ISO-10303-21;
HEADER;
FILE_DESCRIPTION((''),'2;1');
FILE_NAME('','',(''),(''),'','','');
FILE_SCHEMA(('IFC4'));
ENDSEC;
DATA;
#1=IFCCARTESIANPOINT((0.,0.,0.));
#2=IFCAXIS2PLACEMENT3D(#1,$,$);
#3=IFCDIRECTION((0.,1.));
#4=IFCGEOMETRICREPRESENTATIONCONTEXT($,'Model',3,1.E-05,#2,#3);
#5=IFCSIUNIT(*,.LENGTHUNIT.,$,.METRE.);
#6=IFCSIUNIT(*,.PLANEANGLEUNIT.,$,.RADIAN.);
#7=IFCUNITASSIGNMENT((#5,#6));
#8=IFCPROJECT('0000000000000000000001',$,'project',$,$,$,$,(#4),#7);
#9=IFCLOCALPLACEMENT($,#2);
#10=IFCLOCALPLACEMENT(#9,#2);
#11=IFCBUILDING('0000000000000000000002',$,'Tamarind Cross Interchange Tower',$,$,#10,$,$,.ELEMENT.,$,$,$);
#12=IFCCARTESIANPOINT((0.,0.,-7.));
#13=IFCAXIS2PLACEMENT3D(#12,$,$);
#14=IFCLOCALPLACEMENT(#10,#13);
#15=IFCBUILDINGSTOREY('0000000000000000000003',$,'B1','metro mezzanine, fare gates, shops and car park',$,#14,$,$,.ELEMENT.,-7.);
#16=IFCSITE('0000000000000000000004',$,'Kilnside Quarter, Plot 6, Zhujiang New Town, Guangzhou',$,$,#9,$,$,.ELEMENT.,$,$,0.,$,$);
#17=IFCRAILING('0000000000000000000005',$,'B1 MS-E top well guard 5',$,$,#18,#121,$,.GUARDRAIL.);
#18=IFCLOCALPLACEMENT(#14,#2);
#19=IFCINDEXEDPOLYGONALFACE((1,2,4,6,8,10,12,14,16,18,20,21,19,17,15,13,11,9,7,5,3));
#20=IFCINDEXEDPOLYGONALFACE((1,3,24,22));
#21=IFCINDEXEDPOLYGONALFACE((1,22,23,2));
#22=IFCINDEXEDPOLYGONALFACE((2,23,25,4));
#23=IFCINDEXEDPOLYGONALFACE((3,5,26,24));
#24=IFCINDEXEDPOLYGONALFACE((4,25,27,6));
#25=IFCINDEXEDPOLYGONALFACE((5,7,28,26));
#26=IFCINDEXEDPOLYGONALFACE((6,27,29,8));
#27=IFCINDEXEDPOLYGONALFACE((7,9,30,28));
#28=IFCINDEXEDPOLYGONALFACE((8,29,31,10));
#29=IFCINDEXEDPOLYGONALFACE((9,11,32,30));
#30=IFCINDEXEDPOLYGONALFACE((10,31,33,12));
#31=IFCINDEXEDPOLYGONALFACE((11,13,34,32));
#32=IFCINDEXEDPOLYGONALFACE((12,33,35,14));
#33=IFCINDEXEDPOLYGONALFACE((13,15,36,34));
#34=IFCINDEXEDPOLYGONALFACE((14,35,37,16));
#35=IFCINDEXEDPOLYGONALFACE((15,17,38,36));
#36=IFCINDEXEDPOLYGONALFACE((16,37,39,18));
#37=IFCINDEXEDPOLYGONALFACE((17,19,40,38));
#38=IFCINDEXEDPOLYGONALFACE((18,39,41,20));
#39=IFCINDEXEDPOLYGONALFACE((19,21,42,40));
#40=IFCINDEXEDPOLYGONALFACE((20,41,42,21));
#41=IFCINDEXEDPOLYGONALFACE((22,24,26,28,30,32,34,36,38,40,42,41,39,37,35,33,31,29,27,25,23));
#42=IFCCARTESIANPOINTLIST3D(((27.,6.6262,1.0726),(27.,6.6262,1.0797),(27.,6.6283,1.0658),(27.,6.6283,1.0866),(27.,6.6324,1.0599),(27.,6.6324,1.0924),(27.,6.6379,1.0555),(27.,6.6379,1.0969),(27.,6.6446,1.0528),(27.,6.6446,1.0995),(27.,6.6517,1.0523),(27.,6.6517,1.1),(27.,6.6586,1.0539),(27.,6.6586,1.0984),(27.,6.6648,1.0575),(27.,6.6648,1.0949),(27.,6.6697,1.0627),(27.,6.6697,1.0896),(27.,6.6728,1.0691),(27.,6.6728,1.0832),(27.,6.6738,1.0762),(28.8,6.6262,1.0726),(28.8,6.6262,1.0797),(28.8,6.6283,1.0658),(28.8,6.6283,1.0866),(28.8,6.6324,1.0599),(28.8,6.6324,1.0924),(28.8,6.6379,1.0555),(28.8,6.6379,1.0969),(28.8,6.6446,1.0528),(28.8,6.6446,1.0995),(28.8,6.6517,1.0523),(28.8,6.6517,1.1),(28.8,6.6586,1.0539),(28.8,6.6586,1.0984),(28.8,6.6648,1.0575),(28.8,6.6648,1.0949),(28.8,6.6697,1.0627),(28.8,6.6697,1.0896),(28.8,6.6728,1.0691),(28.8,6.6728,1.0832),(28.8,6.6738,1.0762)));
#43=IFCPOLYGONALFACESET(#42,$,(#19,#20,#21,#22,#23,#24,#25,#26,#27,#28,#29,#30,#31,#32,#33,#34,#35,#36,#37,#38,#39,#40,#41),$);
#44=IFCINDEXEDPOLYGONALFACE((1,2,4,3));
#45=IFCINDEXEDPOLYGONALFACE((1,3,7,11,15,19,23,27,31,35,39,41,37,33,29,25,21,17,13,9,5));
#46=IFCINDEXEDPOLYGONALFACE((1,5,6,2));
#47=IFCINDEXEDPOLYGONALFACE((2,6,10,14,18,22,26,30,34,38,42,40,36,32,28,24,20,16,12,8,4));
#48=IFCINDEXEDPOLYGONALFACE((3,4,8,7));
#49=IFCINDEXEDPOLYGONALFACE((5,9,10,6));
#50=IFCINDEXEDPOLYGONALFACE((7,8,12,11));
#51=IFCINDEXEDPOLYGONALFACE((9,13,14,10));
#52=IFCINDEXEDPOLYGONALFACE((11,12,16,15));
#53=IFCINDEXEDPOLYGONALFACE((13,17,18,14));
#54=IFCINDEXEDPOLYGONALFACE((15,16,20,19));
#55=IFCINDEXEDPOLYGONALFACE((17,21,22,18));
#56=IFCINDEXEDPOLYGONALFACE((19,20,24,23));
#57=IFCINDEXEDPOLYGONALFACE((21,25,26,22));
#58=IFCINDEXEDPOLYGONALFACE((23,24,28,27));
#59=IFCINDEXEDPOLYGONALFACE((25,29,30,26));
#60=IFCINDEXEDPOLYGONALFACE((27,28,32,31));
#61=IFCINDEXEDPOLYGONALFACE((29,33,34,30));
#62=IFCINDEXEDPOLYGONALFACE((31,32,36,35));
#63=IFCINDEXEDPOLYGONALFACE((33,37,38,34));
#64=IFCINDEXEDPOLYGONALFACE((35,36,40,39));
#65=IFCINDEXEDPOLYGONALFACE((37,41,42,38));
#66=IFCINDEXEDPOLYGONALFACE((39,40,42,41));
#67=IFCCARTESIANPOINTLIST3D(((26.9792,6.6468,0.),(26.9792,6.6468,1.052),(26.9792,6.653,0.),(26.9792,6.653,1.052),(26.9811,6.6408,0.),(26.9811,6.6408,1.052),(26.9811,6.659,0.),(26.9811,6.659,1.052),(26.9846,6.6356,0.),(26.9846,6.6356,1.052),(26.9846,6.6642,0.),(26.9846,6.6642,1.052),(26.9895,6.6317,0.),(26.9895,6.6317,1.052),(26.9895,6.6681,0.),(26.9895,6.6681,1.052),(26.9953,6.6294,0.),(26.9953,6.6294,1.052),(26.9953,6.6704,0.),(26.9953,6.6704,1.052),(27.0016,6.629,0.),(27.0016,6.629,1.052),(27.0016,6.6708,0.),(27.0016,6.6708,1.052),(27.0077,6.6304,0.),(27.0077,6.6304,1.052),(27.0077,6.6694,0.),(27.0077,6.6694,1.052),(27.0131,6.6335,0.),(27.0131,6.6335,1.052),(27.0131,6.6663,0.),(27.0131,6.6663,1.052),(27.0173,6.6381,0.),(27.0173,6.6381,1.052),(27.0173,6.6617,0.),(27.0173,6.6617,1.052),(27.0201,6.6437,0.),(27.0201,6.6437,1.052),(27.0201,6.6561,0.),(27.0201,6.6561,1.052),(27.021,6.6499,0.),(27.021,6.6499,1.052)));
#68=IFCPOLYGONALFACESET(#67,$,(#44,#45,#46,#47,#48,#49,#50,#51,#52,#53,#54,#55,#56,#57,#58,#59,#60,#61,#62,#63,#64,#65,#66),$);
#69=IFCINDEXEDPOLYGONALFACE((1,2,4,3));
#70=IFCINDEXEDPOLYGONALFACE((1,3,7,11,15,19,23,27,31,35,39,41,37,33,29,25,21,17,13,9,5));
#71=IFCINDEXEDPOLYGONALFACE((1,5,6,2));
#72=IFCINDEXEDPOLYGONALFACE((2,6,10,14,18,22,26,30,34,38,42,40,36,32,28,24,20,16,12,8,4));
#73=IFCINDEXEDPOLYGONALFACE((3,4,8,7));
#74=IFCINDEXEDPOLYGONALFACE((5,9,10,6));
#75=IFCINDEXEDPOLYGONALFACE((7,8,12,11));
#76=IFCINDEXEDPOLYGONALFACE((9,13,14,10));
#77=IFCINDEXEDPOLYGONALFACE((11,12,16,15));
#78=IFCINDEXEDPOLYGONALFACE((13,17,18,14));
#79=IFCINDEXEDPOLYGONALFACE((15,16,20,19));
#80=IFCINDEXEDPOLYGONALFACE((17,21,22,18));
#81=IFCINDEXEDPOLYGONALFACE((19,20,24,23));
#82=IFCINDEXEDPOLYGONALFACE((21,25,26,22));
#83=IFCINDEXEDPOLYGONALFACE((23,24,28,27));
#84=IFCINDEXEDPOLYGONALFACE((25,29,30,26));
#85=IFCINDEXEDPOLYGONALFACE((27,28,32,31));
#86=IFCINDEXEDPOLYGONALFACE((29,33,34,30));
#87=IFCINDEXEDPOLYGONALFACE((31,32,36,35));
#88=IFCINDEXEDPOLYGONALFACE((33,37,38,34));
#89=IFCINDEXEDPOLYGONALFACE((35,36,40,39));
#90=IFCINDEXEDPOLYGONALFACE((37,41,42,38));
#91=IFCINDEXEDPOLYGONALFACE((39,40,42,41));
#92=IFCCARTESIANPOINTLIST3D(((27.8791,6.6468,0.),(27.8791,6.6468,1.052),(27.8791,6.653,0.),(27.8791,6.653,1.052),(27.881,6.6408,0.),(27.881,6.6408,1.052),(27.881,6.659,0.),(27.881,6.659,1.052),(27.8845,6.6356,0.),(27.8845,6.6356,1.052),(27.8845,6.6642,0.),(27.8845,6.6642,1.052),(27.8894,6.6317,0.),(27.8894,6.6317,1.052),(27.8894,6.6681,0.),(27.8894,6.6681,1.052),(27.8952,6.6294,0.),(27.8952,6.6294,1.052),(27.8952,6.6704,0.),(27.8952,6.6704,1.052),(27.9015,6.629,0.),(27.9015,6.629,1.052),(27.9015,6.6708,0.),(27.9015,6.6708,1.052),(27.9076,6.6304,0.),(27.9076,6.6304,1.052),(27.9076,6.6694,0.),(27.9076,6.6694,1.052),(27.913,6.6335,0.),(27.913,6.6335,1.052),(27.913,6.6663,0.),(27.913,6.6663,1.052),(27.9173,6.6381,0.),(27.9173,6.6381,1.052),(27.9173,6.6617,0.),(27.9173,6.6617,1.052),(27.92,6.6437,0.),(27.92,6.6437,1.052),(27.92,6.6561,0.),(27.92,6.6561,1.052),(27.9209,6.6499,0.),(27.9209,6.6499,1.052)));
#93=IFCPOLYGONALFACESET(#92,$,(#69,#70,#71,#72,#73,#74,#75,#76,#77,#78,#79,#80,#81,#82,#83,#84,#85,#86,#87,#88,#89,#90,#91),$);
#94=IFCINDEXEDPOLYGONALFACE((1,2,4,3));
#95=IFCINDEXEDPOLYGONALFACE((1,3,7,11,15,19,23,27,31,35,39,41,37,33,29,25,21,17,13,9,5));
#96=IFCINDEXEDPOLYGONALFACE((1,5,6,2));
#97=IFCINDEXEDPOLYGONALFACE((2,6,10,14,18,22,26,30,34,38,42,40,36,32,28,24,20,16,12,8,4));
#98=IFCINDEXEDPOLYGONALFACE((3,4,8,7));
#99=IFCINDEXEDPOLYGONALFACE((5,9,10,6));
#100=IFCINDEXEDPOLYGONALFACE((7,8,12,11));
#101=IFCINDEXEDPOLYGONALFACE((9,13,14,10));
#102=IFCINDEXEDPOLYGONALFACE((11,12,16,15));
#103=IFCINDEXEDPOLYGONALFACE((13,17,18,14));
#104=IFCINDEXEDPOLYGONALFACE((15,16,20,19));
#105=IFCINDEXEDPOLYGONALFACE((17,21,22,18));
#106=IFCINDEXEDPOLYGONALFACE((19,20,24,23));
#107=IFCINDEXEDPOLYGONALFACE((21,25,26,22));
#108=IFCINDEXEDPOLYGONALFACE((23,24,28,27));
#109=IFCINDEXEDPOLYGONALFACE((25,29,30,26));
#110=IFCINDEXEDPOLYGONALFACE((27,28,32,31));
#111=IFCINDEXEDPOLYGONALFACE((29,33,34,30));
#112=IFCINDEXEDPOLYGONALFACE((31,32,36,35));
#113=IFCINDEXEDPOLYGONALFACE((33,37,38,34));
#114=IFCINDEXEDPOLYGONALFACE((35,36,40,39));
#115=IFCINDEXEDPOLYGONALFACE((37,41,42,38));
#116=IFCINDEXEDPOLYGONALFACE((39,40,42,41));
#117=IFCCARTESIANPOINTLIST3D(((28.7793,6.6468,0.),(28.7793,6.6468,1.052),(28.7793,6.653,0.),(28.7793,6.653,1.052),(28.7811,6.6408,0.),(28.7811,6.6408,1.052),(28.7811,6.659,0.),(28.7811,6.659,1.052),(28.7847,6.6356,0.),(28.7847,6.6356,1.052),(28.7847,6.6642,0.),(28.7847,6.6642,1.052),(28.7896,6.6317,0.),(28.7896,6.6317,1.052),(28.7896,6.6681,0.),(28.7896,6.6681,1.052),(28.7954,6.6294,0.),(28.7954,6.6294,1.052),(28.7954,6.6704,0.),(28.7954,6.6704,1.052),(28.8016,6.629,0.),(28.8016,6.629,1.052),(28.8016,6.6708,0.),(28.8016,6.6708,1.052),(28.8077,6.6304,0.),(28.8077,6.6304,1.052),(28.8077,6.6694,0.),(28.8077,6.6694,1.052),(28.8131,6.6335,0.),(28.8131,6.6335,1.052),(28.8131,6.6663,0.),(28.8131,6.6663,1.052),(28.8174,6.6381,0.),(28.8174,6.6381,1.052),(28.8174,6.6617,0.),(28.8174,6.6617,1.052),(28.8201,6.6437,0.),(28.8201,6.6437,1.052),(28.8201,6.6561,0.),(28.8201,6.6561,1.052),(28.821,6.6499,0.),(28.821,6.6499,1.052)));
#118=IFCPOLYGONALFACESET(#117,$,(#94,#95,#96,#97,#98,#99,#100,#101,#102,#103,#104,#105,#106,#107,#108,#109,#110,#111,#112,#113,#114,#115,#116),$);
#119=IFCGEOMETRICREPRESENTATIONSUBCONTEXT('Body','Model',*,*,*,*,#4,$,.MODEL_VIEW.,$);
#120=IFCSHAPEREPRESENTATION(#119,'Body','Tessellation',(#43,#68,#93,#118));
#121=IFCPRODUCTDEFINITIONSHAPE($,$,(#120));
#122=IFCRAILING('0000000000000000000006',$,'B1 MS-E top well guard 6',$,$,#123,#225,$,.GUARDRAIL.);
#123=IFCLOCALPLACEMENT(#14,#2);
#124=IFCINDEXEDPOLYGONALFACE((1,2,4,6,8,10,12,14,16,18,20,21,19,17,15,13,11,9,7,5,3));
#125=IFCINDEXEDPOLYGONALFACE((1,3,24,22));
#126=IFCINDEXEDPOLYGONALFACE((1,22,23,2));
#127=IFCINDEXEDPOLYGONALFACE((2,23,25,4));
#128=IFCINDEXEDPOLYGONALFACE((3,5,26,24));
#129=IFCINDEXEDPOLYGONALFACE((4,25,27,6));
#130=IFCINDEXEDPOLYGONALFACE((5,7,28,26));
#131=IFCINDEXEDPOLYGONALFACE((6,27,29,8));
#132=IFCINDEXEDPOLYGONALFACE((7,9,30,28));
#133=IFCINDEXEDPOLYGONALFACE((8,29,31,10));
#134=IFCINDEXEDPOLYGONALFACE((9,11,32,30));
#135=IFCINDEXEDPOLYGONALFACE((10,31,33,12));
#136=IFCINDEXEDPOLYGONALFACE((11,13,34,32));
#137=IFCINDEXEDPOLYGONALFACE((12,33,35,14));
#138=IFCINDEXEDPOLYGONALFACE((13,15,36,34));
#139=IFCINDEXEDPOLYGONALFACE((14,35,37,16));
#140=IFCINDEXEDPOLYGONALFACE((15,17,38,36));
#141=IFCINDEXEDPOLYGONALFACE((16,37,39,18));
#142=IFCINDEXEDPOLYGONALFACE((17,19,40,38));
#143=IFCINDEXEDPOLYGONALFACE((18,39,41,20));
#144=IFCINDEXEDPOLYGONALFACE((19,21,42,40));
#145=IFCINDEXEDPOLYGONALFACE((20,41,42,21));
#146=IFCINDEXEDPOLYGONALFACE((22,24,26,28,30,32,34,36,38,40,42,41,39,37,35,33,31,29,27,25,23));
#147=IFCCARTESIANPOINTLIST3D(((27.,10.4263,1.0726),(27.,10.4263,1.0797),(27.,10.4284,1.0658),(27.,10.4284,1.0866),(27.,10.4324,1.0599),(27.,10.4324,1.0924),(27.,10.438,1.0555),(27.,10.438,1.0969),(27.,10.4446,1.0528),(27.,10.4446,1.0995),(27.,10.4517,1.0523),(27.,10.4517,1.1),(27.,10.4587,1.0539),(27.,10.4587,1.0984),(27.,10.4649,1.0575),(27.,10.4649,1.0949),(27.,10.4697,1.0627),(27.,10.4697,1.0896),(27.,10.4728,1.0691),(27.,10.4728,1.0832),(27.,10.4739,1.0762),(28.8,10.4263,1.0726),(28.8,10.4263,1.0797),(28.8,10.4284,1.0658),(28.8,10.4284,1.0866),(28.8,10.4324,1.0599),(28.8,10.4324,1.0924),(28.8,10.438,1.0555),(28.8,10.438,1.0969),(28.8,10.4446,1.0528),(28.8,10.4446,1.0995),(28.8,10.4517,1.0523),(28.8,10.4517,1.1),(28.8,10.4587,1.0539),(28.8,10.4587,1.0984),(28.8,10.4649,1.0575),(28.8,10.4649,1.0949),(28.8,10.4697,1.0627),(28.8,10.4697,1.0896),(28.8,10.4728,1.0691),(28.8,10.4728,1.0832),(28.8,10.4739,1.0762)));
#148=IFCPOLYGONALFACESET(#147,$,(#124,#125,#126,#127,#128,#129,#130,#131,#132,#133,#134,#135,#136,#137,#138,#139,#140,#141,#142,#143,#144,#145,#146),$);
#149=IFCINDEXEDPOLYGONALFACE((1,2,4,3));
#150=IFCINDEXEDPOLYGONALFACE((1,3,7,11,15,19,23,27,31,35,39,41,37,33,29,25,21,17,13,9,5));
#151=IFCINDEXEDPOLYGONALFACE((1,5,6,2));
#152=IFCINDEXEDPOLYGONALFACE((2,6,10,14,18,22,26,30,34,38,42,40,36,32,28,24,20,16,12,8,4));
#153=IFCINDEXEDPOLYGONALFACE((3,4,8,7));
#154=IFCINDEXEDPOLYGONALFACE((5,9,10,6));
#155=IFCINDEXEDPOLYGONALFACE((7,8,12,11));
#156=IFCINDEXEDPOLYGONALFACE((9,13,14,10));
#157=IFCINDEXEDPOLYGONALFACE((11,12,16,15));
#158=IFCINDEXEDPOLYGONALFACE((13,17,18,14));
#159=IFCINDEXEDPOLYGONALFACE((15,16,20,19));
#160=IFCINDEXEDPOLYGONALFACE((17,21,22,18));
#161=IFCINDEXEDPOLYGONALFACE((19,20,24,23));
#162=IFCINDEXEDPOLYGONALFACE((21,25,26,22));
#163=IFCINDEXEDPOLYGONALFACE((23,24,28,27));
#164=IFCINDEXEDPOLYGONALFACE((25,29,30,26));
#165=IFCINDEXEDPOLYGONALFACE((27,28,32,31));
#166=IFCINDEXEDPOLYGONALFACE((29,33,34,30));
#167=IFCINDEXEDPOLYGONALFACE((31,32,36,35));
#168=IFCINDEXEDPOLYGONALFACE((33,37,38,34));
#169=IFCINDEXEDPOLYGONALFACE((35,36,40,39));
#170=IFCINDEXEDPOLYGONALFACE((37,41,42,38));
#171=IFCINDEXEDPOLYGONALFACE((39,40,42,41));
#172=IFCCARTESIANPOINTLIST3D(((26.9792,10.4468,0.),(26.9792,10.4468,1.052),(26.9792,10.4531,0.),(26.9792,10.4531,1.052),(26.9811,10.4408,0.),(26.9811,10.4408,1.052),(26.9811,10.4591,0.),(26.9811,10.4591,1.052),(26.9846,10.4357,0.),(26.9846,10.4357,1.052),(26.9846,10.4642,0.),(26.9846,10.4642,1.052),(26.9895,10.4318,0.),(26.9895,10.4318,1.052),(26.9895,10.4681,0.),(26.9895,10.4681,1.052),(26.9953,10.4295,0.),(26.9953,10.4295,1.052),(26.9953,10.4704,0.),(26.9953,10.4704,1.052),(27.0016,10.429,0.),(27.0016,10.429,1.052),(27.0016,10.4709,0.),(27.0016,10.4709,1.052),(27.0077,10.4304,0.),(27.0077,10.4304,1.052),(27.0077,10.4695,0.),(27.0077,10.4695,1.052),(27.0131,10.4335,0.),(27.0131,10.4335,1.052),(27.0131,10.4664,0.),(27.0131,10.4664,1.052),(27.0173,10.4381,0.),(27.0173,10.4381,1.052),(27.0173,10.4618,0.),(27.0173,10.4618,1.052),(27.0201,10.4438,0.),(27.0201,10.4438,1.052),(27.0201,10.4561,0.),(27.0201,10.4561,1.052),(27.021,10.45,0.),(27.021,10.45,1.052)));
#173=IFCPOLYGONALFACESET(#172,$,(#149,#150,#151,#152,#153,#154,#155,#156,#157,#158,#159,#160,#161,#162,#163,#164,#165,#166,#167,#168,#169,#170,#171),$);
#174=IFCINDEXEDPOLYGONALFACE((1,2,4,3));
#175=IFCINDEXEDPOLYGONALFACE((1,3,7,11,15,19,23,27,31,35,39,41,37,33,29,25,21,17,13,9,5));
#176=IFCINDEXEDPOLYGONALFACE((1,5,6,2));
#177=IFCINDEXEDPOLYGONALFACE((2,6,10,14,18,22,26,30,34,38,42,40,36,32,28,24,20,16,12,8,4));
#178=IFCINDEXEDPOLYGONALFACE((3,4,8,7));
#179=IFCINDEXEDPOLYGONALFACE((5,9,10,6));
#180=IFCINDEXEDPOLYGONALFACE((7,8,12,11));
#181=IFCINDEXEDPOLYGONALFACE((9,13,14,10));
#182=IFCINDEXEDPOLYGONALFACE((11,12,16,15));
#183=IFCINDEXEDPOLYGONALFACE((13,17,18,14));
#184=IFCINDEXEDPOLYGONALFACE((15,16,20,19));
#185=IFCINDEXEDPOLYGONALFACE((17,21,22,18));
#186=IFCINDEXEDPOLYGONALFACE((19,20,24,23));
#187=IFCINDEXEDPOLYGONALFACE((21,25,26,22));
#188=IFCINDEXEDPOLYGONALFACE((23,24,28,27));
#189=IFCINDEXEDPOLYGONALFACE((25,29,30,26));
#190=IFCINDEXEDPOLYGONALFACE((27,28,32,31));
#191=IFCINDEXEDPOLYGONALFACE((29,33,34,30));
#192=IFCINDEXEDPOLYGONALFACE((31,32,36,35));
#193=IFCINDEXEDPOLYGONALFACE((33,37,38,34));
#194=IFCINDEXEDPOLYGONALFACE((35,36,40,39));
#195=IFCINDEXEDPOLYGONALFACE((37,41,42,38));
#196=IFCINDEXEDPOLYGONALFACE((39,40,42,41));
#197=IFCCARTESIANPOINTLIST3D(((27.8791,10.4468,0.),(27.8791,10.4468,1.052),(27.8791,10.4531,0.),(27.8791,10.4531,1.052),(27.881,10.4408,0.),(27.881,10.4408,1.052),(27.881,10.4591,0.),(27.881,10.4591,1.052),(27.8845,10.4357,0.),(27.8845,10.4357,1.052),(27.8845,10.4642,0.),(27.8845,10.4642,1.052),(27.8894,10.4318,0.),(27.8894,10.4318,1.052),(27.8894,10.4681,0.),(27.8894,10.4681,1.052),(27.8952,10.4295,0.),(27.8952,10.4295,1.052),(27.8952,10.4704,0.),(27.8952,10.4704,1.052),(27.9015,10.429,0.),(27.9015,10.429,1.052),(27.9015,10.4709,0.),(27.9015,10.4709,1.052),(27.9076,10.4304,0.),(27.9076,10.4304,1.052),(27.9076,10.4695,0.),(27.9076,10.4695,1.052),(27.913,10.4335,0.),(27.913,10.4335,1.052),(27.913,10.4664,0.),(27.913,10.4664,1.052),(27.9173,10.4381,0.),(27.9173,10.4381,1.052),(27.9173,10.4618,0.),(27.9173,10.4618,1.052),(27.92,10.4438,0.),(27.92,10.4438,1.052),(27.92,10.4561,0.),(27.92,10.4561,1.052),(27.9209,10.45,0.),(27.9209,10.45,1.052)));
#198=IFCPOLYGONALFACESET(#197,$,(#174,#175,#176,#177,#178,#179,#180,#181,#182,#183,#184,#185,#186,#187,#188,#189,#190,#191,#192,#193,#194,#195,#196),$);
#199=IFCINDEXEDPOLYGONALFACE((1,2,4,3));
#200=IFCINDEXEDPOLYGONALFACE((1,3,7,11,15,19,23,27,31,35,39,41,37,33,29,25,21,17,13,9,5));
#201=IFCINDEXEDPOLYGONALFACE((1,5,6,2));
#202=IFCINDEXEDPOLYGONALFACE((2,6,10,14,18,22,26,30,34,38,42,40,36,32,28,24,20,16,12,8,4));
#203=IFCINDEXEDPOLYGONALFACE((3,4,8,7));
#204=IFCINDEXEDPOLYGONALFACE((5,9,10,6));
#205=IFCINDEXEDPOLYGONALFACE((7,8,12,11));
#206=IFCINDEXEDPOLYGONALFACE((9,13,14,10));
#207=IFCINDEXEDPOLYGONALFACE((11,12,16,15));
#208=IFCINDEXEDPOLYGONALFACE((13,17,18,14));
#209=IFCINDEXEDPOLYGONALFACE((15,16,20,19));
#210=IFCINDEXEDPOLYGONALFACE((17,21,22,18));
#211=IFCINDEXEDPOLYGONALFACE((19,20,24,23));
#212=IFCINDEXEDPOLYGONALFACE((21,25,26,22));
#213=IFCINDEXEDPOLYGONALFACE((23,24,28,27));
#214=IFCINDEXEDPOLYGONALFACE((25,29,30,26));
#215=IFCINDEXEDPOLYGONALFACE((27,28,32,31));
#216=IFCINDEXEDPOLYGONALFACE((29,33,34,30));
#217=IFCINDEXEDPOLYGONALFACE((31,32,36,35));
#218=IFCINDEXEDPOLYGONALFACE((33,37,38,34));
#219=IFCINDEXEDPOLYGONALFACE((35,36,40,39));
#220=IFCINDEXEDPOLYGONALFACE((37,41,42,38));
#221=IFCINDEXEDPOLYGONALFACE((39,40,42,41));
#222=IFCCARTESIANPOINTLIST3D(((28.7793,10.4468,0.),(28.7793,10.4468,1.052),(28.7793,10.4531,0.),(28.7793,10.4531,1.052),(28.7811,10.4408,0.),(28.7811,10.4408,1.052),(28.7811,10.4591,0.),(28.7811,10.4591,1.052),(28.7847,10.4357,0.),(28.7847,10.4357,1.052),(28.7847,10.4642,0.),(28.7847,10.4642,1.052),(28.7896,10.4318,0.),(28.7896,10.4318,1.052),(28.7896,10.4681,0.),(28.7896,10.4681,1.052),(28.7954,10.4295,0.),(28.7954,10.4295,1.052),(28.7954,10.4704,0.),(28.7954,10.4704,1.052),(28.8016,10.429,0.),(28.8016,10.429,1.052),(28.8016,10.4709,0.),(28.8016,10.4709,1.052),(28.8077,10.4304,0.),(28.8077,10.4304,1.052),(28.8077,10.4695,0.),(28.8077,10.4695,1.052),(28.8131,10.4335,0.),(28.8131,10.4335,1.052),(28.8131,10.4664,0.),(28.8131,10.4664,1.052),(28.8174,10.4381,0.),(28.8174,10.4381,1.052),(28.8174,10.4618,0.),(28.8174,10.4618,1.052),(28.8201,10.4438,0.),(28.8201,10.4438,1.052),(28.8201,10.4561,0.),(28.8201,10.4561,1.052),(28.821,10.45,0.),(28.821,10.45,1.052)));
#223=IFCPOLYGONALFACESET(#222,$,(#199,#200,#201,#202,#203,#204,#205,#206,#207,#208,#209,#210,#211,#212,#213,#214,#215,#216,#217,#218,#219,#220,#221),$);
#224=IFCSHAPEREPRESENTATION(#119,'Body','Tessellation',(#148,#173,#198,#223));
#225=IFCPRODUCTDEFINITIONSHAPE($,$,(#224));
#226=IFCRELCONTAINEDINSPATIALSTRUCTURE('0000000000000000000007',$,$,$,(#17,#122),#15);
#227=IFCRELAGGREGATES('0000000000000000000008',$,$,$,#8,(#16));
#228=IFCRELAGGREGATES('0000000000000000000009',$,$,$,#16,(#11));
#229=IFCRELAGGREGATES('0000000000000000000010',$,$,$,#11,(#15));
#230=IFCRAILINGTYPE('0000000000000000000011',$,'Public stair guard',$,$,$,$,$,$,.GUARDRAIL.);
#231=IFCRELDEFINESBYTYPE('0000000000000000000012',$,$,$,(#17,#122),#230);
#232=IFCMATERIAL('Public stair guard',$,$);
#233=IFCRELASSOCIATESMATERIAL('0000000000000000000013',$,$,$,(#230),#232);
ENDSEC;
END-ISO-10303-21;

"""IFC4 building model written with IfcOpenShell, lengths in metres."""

from ifc_helpers import new_model, si_unit, direction, frame, origin, origin_2d, place, context, subcontext, project, spatial, circle, extrude, material, type_object, element, save


model = new_model("IFC4")

# Units and contexts
model_context = context("Model", 3, precision=1e-05, world=origin(), true_north=direction((0.0, 1.0)))
body_context = subcontext(model_context, "Body", "Model", "MODEL_VIEW")
ifc_project = project(units=[si_unit("LENGTHUNIT", "METRE"), si_unit("PLANEANGLEUNIT", "RADIAN")], contexts=[model_context])

# Site, building, storey
site_placement = place(None, origin())
site = spatial("IfcSite", under=ifc_project, at=site_placement, Name="Kilnside Quarter, Plot 6, Zhujiang New Town, Guangzhou", CompositionType="ELEMENT", RefElevation=0.0)
building_placement = place(site_placement, origin())
building = spatial("IfcBuilding", under=site, at=building_placement, Name="Tamarind Cross Interchange Tower", CompositionType="ELEMENT")
storey_placement = place(building_placement, frame((0.0, 0.0, -7.0)))
storey = spatial("IfcBuildingStorey", under=building, at=storey_placement, Name="B1", Description="metro mezzanine, fare gates, shops and car park", CompositionType="ELEMENT", Elevation=-7.0)

# Railings
ifc_material_1 = material(Name="Public stair guard")
railing_type_1 = type_object("IfcRailingType", Name="Public stair guard", PredefinedType="GUARDRAIL", material=ifc_material_1)
for number, where, name in (
    (1, (27.0, 6.6499, 0.0), "B1 MS-E top well guard 5"),
    (2, (27.0, 10.45, 0.0), "B1 MS-E top well guard 6"),
):
    element("IfcRailing", number, at=place(storey_placement, frame(where)), inside=storey, type_object=railing_type_1, Name=name, PredefinedType="GUARDRAIL", context=body_context, shape_type="SweptSolid", body=[
        extrude(circle(Radius=0.0239, at=origin_2d()), frame((0.0, 0.0, 1.0762), z_axis=(1.0, 0.0, 0.0), x_axis=(0.0, 1.0, 0.0)), (0.0, 0.0, 1.0), 1.8),
        extrude(circle(Radius=0.021, at=origin_2d()), origin(), (0.0, 0.0, 1.0), 1.052),
        extrude(circle(Radius=0.021, at=origin_2d()), frame((0.8999, 0.0, 0.0)), (0.0, 0.0, 1.0), 1.052),
        extrude(circle(Radius=0.021, at=origin_2d()), frame((1.8, 0.0, 0.0)), (0.0, 0.0, 1.0), 1.052),
    ])

save(model, "model.ifc")
